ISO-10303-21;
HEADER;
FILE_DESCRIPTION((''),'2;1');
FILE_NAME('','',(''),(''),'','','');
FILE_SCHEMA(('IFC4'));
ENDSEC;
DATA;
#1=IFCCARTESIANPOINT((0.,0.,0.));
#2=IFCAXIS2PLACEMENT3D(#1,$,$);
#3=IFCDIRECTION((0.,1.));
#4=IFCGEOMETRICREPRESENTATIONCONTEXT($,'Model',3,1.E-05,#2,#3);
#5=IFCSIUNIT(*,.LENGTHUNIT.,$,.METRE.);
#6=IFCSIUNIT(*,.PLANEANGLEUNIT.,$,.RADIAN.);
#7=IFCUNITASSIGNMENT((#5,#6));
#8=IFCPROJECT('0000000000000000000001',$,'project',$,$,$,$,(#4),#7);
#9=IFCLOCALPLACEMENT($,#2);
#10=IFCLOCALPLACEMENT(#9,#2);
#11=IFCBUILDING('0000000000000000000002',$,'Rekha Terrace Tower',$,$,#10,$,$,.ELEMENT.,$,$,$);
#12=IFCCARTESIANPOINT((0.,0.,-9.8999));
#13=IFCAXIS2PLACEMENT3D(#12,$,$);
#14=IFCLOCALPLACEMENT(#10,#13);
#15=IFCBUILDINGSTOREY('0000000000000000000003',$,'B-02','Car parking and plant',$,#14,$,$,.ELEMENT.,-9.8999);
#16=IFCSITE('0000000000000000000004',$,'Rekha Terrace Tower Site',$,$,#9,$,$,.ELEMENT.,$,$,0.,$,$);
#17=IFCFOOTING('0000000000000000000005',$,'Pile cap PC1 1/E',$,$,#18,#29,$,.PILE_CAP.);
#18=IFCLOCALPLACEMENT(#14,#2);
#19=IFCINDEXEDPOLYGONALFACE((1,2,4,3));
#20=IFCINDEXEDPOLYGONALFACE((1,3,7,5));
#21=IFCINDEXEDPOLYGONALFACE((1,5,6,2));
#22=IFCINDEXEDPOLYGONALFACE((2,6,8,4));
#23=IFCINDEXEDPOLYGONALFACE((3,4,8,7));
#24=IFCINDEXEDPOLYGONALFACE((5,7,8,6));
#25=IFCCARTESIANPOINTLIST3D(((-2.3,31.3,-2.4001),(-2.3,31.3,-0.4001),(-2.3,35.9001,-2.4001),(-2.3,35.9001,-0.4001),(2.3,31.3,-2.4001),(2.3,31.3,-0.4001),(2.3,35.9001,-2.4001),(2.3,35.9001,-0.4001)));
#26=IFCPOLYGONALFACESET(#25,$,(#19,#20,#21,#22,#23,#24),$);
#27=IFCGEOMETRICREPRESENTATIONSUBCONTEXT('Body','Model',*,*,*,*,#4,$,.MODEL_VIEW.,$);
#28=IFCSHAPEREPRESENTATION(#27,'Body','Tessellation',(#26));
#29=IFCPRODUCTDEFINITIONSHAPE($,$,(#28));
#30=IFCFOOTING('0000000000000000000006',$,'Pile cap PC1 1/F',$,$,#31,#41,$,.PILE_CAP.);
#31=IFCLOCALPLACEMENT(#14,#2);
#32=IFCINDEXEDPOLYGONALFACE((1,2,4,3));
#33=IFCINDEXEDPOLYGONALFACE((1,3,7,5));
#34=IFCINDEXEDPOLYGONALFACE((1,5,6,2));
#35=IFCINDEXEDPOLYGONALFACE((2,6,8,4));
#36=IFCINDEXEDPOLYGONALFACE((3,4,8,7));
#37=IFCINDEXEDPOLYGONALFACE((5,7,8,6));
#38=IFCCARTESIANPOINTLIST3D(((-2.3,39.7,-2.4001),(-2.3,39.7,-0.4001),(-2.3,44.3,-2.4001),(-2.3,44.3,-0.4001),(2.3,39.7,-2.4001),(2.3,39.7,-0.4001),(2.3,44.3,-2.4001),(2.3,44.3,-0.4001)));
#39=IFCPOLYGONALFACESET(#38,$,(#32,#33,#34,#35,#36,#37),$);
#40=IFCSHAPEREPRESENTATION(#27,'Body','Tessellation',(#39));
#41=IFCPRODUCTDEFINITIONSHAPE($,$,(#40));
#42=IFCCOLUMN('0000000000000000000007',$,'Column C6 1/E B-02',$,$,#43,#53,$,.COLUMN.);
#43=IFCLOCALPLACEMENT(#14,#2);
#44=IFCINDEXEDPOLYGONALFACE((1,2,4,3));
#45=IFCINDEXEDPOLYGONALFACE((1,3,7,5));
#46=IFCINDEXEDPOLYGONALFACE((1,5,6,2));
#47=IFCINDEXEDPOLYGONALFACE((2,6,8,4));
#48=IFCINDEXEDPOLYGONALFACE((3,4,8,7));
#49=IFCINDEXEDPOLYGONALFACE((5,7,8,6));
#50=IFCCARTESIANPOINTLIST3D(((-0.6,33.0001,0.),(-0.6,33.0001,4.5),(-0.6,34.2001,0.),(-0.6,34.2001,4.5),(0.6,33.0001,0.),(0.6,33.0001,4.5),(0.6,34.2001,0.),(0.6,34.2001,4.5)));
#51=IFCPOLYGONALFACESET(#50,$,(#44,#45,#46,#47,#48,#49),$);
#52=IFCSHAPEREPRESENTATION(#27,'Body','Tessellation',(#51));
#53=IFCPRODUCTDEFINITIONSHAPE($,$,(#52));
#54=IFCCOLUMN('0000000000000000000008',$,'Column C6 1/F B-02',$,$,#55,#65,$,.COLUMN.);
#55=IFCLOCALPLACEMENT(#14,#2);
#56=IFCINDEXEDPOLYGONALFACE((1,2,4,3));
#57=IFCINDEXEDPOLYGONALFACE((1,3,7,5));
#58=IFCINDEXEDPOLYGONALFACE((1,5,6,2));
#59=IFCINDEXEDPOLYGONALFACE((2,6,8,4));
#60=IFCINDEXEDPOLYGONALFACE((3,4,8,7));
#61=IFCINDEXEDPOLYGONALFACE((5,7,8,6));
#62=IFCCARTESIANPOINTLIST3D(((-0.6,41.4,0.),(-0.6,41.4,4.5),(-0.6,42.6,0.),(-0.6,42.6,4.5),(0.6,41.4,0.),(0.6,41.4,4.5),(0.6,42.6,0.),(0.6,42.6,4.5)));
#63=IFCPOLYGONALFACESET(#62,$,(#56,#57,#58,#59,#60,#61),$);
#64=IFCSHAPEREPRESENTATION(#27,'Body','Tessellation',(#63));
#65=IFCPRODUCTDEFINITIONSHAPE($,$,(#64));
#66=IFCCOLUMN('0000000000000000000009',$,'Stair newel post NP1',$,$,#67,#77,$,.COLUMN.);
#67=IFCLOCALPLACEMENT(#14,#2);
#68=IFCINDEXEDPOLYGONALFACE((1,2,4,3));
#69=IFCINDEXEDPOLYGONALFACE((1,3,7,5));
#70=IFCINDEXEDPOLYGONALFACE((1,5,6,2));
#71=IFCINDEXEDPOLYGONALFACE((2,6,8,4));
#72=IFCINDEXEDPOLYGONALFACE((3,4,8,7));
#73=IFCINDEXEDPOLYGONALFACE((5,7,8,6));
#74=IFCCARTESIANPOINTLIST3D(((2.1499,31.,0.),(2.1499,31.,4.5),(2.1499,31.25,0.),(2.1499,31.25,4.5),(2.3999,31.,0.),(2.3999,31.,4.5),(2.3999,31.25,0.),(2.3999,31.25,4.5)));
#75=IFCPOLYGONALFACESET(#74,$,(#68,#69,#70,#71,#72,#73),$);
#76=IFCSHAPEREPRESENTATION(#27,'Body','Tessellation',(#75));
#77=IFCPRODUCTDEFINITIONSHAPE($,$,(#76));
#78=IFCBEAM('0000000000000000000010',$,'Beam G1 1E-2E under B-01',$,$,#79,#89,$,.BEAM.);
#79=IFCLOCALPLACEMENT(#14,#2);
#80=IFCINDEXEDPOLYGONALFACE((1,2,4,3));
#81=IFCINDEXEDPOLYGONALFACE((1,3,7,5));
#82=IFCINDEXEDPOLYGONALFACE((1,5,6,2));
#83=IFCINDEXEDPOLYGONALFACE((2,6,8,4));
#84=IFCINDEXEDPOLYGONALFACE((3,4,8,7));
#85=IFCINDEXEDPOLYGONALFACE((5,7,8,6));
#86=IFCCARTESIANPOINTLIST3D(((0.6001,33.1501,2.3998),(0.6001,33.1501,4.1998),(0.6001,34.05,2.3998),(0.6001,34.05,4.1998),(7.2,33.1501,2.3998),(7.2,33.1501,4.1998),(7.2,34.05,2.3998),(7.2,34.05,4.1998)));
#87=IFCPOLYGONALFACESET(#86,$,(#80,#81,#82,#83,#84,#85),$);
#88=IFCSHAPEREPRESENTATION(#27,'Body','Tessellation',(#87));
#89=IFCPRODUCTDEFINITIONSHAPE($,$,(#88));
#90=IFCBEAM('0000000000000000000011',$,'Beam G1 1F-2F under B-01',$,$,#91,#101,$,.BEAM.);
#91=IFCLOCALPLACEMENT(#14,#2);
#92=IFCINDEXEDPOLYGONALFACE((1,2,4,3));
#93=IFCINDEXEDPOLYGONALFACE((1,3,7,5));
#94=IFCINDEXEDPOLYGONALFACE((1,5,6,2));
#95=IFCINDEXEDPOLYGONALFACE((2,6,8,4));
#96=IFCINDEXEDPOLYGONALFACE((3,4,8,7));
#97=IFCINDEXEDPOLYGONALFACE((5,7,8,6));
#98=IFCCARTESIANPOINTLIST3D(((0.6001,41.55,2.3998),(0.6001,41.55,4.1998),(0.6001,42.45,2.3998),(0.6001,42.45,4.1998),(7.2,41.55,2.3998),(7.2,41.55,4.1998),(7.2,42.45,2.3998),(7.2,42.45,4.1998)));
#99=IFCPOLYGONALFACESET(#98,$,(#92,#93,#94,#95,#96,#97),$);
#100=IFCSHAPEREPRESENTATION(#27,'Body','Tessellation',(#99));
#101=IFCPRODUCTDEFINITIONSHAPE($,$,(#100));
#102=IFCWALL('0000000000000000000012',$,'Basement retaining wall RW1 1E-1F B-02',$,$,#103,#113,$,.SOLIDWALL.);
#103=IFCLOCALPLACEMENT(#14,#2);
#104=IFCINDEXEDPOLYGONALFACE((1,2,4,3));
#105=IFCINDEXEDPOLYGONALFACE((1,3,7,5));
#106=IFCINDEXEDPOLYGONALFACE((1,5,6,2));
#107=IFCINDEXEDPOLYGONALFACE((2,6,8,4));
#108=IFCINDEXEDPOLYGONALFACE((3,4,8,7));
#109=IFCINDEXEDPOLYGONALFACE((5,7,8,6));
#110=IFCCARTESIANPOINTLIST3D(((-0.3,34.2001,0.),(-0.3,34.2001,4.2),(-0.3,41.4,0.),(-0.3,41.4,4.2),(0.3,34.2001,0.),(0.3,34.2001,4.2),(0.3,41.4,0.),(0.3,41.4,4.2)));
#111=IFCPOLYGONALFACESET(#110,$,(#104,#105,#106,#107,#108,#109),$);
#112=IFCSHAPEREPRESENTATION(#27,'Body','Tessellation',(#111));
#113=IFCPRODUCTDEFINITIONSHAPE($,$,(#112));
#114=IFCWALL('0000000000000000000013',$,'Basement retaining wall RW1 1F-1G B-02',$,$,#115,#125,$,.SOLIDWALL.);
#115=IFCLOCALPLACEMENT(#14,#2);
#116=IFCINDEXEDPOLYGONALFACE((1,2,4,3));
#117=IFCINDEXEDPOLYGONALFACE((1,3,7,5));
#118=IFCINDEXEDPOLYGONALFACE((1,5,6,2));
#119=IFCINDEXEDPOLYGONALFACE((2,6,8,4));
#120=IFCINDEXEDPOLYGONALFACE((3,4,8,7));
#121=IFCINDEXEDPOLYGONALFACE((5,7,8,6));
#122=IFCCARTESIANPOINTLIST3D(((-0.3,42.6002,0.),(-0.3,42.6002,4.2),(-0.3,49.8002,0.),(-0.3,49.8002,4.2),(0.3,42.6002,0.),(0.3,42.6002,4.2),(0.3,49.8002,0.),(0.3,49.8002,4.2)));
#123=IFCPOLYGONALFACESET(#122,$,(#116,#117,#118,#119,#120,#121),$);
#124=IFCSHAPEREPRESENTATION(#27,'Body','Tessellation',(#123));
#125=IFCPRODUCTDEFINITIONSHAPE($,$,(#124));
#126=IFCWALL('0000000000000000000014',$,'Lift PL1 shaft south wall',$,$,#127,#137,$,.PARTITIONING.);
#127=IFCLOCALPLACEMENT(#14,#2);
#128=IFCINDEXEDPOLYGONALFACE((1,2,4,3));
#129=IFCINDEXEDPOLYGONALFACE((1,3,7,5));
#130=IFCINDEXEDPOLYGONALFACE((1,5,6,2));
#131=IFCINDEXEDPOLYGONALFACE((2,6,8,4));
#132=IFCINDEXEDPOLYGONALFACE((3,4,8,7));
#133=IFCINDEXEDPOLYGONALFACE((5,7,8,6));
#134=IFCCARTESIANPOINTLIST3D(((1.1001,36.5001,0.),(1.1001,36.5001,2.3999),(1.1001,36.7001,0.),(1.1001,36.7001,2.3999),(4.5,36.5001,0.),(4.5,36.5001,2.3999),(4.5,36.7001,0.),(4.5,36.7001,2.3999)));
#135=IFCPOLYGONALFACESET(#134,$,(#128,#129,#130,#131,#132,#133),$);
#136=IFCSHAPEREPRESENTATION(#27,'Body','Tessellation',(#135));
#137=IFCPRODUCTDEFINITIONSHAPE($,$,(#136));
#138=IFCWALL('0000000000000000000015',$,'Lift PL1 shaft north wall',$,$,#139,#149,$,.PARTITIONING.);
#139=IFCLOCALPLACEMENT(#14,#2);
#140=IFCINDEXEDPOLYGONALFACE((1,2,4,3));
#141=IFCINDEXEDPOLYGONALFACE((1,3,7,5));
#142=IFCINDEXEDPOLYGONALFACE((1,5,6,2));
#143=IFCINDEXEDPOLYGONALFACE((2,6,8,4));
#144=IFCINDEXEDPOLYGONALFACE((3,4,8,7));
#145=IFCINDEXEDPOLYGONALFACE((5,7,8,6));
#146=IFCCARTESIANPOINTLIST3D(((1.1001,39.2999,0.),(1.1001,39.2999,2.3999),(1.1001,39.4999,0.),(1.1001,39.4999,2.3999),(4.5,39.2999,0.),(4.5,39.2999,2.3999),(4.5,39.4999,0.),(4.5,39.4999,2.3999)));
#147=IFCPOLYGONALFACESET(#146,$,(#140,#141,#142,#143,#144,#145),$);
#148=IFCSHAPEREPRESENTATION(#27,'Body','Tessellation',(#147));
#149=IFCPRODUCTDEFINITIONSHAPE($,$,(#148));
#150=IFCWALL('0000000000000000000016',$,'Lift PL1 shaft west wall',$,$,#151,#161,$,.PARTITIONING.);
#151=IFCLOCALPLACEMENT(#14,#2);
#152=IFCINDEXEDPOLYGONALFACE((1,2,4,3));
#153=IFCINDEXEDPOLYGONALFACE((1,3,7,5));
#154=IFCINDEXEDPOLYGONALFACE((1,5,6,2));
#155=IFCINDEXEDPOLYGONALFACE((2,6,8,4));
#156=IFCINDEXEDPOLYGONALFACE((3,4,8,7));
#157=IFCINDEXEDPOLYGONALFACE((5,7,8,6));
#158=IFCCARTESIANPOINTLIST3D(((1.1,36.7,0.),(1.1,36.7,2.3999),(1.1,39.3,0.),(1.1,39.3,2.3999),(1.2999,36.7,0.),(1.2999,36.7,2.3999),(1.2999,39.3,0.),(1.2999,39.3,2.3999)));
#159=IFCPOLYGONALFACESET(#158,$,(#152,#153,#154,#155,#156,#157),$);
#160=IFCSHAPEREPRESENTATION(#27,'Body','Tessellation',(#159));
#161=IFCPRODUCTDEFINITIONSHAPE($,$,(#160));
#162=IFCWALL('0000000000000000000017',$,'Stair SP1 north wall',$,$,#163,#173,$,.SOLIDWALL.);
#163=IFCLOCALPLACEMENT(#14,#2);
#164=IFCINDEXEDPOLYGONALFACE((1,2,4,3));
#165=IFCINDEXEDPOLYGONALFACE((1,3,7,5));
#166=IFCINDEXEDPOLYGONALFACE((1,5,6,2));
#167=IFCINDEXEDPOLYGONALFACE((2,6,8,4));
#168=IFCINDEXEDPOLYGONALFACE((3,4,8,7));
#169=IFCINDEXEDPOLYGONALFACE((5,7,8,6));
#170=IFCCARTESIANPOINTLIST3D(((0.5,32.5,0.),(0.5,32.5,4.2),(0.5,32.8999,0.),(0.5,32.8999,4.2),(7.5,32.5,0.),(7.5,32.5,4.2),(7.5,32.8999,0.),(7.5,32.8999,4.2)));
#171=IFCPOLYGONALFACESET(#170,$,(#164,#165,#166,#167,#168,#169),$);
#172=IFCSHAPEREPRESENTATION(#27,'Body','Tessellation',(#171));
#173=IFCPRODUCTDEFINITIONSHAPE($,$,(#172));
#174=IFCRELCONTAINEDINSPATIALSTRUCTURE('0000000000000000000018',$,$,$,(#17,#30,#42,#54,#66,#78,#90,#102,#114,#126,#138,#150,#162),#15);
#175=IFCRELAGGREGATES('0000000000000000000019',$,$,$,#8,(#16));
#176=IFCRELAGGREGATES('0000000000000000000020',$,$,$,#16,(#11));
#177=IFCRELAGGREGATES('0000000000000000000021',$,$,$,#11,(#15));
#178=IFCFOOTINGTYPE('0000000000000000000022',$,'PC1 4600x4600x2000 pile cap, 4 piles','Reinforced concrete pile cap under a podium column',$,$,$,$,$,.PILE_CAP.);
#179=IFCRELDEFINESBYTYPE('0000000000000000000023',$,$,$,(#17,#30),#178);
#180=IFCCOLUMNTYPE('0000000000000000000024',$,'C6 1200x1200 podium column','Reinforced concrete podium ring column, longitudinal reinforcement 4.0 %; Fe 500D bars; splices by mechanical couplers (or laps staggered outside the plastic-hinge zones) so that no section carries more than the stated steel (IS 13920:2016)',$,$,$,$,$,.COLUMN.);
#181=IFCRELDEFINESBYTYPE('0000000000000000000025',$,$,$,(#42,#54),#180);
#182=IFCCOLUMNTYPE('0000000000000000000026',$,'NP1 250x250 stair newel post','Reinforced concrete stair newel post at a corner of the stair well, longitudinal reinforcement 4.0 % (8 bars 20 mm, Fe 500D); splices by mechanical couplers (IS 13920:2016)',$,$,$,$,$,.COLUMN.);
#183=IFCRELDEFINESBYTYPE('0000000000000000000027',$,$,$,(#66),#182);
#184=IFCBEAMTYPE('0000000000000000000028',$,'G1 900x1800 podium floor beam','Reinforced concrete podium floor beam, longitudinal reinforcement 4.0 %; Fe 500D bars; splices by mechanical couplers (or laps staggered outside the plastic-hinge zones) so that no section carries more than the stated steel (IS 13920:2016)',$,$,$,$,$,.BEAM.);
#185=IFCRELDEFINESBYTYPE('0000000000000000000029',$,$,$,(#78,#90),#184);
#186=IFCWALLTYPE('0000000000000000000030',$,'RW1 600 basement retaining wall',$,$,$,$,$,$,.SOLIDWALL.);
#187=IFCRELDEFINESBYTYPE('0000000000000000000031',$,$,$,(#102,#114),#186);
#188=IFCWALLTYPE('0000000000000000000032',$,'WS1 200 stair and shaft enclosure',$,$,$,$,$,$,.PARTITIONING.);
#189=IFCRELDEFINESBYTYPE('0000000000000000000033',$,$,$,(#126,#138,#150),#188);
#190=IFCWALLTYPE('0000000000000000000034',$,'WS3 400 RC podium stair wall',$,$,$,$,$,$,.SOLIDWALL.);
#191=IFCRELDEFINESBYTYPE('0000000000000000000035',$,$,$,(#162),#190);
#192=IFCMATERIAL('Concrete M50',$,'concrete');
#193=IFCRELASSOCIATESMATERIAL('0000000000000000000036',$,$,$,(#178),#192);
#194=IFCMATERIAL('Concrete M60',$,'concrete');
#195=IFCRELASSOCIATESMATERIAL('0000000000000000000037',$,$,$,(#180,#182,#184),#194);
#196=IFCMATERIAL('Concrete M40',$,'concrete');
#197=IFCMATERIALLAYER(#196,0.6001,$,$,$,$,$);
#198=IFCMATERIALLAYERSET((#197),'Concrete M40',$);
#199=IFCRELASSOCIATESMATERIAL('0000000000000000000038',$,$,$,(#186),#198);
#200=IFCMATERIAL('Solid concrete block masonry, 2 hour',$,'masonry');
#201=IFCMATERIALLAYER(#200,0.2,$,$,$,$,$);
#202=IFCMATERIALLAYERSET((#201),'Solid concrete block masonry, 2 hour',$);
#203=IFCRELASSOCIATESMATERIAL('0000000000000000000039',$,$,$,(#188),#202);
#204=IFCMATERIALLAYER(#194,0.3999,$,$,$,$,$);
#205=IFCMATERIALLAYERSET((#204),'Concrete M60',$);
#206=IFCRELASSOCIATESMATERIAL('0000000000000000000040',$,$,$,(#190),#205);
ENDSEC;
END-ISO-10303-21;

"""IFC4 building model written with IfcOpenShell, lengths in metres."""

from ifc_helpers import new_model, si_unit, direction, frame, frame_2d, origin, origin_2d, place, context, subcontext, project, spatial, rectangle, extrude, material, layer, layer_set, material_profile, profile_set, type_object, element, save


model = new_model("IFC4")

# Units and contexts
model_context = context("Model", 3, precision=1e-05, world=origin(), true_north=direction((0.0, 1.0)))
body_context = subcontext(model_context, "Body", "Model", "MODEL_VIEW")
ifc_project = project(units=[si_unit("LENGTHUNIT", "METRE"), si_unit("PLANEANGLEUNIT", "RADIAN")], contexts=[model_context])

# Site, building, storey
site_placement = place(None, origin())
site = spatial("IfcSite", under=ifc_project, at=site_placement, Name="Rekha Terrace Tower Site", CompositionType="ELEMENT", RefElevation=0.0)
building_placement = place(site_placement, origin())
building = spatial("IfcBuilding", under=site, at=building_placement, Name="Rekha Terrace Tower", CompositionType="ELEMENT")
storey_placement = place(building_placement, frame((0.0, 0.0, -9.8999)))
storey = spatial("IfcBuildingStorey", under=building, at=storey_placement, Name="B-02", Description="Car parking and plant", CompositionType="ELEMENT", Elevation=-9.8999)

# Shared definitions
ifc_material_1 = material(Name="Concrete M50", Category="concrete")

# Footings
footing_type_1 = type_object("IfcFootingType", Name="PC1 4600x4600x2000 pile cap, 4 piles", Description="Reinforced concrete pile cap under a podium column", PredefinedType="PILE_CAP", material=ifc_material_1)
for number, where, z_axis, x_axis, name in (
    (1, (0.0, 33.6001, -2.4001), (0.0, 0.0, 1.0), (1.0, 0.0, 0.0), "Pile cap PC1 1/E"),
    (2, (0.0, 42.0, -2.4001), (0.0, 0.0, 1.0), (1.0, 0.0, 0.0), "Pile cap PC1 1/F"),
):
    element("IfcFooting", number, at=place(storey_placement, frame(where, z_axis=z_axis, x_axis=x_axis)), inside=storey, type_object=footing_type_1, Name=name, PredefinedType="PILE_CAP", context=body_context, shape_type="SweptSolid", body=[
        extrude(rectangle(XDim=4.6001, YDim=4.6001, at=origin_2d()), origin(), (0.0, 0.0, 1.0), 2.0),
    ])

# Columns
ifc_material_2 = material(Name="Concrete M60", Category="concrete")
ifc_material_profile_1 = material_profile(ifc_material_2, rectangle(XDim=1.2, YDim=1.2, at=origin_2d()), Name="RC 1200x1200")
ifc_profile_set_1 = profile_set([ifc_material_profile_1], Name="Concrete M60")
column_type_1 = type_object("IfcColumnType", Name="C6 1200x1200 podium column", Description="Reinforced concrete podium ring column, longitudinal reinforcement 4.0 %; Fe 500D bars; splices by mechanical couplers (or laps staggered outside the plastic-hinge zones) so that no section carries more than the stated steel (IS 13920:2016)", PredefinedType="COLUMN", material=ifc_profile_set_1)
for number, where, z_axis, x_axis, name in (
    (3, (0.0, 33.6001, 0.0), (0.0, 0.0, 1.0), (1.0, 0.0, 0.0), "Column C6 1/E B-02"),
    (4, (0.0, 42.0, 0.0), (0.0, 0.0, 1.0), (1.0, 0.0, 0.0), "Column C6 1/F B-02"),
):
    element("IfcColumn", number, at=place(storey_placement, frame(where, z_axis=z_axis, x_axis=x_axis)), inside=storey, type_object=column_type_1, Name=name, PredefinedType="COLUMN", context=body_context, shape_type="SweptSolid", body=[
        extrude(rectangle(XDim=1.2, YDim=1.2, at=origin_2d()), origin(), (0.0, 0.0, 1.0), 4.5),
    ])
ifc_material_profile_2 = material_profile(ifc_material_2, rectangle(XDim=0.25, YDim=0.25, at=origin_2d()), Name="RC 250x250")
ifc_profile_set_2 = profile_set([ifc_material_profile_2], Name="Concrete M60")
column_type_2 = type_object("IfcColumnType", Name="NP1 250x250 stair newel post", Description="Reinforced concrete stair newel post at a corner of the stair well, longitudinal reinforcement 4.0 % (8 bars 20 mm, Fe 500D); splices by mechanical couplers (IS 13920:2016)", PredefinedType="COLUMN", material=ifc_profile_set_2)
column_placement = place(storey_placement, frame((2.2749, 31.125, 0.0), z_axis=(0.0, 0.0, 1.0), x_axis=(1.0, 0.0, 0.0)))
element("IfcColumn", 5, at=column_placement, inside=storey, type_object=column_type_2, Name="Stair newel post NP1", PredefinedType="COLUMN", context=body_context, shape_type="SweptSolid", body=[
    extrude(rectangle(XDim=0.25, YDim=0.25, at=origin_2d()), origin(), (0.0, 0.0, 1.0), 4.5),
])

# Beams
ifc_material_profile_3 = material_profile(ifc_material_2, rectangle(XDim=0.8999, YDim=1.8, at=origin_2d()), Name="RC 900x1800")
ifc_profile_set_3 = profile_set([ifc_material_profile_3], Name="Concrete M60")
beam_type = type_object("IfcBeamType", Name="G1 900x1800 podium floor beam", Description="Reinforced concrete podium floor beam, longitudinal reinforcement 4.0 %; Fe 500D bars; splices by mechanical couplers (or laps staggered outside the plastic-hinge zones) so that no section carries more than the stated steel (IS 13920:2016)", PredefinedType="BEAM", material=ifc_profile_set_3)
for number, where, z_axis, x_axis, name in (
    (6, (0.6001, 33.6001, 3.2998), (1.0, 0.0, 0.0), (0.0, 1.0, 0.0), "Beam G1 1E-2E under B-01"),
    (7, (0.6001, 42.0, 3.2998), (1.0, 0.0, 0.0), (0.0, 1.0, 0.0), "Beam G1 1F-2F under B-01"),
):
    element("IfcBeam", number, at=place(storey_placement, frame(where, z_axis=z_axis, x_axis=x_axis)), inside=storey, type_object=beam_type, Name=name, PredefinedType="BEAM", context=body_context, shape_type="SweptSolid", body=[
        extrude(rectangle(XDim=0.8999, YDim=1.8, at=origin_2d()), origin(), (0.0, 0.0, 1.0), 6.5999),
    ])

# Walls
ifc_material_3 = material(Name="Concrete M40", Category="concrete")
ifc_layer_1 = layer(ifc_material_3, 0.6001)
ifc_layer_set_1 = layer_set([ifc_layer_1], Name="Concrete M40")
wall_type_1 = type_object("IfcWallType", Name="RW1 600 basement retaining wall", PredefinedType="SOLIDWALL", material=ifc_layer_set_1)
for number, where, z_axis, x_axis, name in (
    (8, (0.0, 34.2, 0.0), (0.0, 0.0, 1.0), (0.0, 1.0, 0.0), "Basement retaining wall RW1 1E-1F B-02"),
    (9, (0.0, 42.6001, 0.0), (0.0, 0.0, 1.0), (0.0, 1.0, 0.0), "Basement retaining wall RW1 1F-1G B-02"),
):
    element("IfcWall", number, at=place(storey_placement, frame(where, z_axis=z_axis, x_axis=x_axis)), inside=storey, type_object=wall_type_1, Name=name, PredefinedType="SOLIDWALL", context=body_context, shape_type="SweptSolid", body=[
        extrude(rectangle(XDim=7.2, YDim=0.6001, at=frame_2d((3.6001, 0.0))), origin(), (0.0, 0.0, 1.0), 4.2),
    ])
ifc_material_4 = material(Name="Solid concrete block masonry, 2 hour", Category="masonry")
ifc_layer_2 = layer(ifc_material_4, 0.2)
ifc_layer_set_2 = layer_set([ifc_layer_2], Name="Solid concrete block masonry, 2 hour")
wall_type_2 = type_object("IfcWallType", Name="WS1 200 stair and shaft enclosure", PredefinedType="PARTITIONING", material=ifc_layer_set_2)
for number, where, z_axis, x_axis, name in (
    (10, (1.1001, 36.6001, 0.0), (0.0, 0.0, 1.0), (1.0, 0.0, 0.0), "Lift PL1 shaft south wall"),
    (11, (1.1001, 39.3999, 0.0), (0.0, 0.0, 1.0), (1.0, 0.0, 0.0), "Lift PL1 shaft north wall"),
):
    element("IfcWall", number, at=place(storey_placement, frame(where, z_axis=z_axis, x_axis=x_axis)), inside=storey, type_object=wall_type_2, Name=name, PredefinedType="PARTITIONING", context=body_context, shape_type="SweptSolid", body=[
        extrude(rectangle(XDim=3.3999, YDim=0.2, at=frame_2d((1.7, 0.0))), origin(), (0.0, 0.0, 1.0), 2.3999),
    ])
wall_1_placement = place(storey_placement, frame((1.2, 36.7, 0.0), z_axis=(0.0, 0.0, 1.0), x_axis=(0.0, 1.0, 0.0)))
element("IfcWall", 12, at=wall_1_placement, inside=storey, type_object=wall_type_2, Name="Lift PL1 shaft west wall", PredefinedType="PARTITIONING", context=body_context, shape_type="SweptSolid", body=[
    extrude(rectangle(XDim=2.6001, YDim=0.2, at=frame_2d((1.3, 0.0))), origin(), (0.0, 0.0, 1.0), 2.3999),
])
ifc_layer_3 = layer(ifc_material_2, 0.3999)
ifc_layer_set_3 = layer_set([ifc_layer_3], Name="Concrete M60")
wall_type_3 = type_object("IfcWallType", Name="WS3 400 RC podium stair wall", PredefinedType="SOLIDWALL", material=ifc_layer_set_3)
wall_2_placement = place(storey_placement, frame((0.5, 32.7, 0.0), z_axis=(0.0, 0.0, 1.0), x_axis=(1.0, 0.0, 0.0)))
element("IfcWall", 13, at=wall_2_placement, inside=storey, type_object=wall_type_3, Name="Stair SP1 north wall", PredefinedType="SOLIDWALL", context=body_context, shape_type="SweptSolid", body=[
    extrude(rectangle(XDim=7.0, YDim=0.3999, at=frame_2d((3.5, 0.0))), origin(), (0.0, 0.0, 1.0), 4.2),
])

save(model, "model.ifc")
